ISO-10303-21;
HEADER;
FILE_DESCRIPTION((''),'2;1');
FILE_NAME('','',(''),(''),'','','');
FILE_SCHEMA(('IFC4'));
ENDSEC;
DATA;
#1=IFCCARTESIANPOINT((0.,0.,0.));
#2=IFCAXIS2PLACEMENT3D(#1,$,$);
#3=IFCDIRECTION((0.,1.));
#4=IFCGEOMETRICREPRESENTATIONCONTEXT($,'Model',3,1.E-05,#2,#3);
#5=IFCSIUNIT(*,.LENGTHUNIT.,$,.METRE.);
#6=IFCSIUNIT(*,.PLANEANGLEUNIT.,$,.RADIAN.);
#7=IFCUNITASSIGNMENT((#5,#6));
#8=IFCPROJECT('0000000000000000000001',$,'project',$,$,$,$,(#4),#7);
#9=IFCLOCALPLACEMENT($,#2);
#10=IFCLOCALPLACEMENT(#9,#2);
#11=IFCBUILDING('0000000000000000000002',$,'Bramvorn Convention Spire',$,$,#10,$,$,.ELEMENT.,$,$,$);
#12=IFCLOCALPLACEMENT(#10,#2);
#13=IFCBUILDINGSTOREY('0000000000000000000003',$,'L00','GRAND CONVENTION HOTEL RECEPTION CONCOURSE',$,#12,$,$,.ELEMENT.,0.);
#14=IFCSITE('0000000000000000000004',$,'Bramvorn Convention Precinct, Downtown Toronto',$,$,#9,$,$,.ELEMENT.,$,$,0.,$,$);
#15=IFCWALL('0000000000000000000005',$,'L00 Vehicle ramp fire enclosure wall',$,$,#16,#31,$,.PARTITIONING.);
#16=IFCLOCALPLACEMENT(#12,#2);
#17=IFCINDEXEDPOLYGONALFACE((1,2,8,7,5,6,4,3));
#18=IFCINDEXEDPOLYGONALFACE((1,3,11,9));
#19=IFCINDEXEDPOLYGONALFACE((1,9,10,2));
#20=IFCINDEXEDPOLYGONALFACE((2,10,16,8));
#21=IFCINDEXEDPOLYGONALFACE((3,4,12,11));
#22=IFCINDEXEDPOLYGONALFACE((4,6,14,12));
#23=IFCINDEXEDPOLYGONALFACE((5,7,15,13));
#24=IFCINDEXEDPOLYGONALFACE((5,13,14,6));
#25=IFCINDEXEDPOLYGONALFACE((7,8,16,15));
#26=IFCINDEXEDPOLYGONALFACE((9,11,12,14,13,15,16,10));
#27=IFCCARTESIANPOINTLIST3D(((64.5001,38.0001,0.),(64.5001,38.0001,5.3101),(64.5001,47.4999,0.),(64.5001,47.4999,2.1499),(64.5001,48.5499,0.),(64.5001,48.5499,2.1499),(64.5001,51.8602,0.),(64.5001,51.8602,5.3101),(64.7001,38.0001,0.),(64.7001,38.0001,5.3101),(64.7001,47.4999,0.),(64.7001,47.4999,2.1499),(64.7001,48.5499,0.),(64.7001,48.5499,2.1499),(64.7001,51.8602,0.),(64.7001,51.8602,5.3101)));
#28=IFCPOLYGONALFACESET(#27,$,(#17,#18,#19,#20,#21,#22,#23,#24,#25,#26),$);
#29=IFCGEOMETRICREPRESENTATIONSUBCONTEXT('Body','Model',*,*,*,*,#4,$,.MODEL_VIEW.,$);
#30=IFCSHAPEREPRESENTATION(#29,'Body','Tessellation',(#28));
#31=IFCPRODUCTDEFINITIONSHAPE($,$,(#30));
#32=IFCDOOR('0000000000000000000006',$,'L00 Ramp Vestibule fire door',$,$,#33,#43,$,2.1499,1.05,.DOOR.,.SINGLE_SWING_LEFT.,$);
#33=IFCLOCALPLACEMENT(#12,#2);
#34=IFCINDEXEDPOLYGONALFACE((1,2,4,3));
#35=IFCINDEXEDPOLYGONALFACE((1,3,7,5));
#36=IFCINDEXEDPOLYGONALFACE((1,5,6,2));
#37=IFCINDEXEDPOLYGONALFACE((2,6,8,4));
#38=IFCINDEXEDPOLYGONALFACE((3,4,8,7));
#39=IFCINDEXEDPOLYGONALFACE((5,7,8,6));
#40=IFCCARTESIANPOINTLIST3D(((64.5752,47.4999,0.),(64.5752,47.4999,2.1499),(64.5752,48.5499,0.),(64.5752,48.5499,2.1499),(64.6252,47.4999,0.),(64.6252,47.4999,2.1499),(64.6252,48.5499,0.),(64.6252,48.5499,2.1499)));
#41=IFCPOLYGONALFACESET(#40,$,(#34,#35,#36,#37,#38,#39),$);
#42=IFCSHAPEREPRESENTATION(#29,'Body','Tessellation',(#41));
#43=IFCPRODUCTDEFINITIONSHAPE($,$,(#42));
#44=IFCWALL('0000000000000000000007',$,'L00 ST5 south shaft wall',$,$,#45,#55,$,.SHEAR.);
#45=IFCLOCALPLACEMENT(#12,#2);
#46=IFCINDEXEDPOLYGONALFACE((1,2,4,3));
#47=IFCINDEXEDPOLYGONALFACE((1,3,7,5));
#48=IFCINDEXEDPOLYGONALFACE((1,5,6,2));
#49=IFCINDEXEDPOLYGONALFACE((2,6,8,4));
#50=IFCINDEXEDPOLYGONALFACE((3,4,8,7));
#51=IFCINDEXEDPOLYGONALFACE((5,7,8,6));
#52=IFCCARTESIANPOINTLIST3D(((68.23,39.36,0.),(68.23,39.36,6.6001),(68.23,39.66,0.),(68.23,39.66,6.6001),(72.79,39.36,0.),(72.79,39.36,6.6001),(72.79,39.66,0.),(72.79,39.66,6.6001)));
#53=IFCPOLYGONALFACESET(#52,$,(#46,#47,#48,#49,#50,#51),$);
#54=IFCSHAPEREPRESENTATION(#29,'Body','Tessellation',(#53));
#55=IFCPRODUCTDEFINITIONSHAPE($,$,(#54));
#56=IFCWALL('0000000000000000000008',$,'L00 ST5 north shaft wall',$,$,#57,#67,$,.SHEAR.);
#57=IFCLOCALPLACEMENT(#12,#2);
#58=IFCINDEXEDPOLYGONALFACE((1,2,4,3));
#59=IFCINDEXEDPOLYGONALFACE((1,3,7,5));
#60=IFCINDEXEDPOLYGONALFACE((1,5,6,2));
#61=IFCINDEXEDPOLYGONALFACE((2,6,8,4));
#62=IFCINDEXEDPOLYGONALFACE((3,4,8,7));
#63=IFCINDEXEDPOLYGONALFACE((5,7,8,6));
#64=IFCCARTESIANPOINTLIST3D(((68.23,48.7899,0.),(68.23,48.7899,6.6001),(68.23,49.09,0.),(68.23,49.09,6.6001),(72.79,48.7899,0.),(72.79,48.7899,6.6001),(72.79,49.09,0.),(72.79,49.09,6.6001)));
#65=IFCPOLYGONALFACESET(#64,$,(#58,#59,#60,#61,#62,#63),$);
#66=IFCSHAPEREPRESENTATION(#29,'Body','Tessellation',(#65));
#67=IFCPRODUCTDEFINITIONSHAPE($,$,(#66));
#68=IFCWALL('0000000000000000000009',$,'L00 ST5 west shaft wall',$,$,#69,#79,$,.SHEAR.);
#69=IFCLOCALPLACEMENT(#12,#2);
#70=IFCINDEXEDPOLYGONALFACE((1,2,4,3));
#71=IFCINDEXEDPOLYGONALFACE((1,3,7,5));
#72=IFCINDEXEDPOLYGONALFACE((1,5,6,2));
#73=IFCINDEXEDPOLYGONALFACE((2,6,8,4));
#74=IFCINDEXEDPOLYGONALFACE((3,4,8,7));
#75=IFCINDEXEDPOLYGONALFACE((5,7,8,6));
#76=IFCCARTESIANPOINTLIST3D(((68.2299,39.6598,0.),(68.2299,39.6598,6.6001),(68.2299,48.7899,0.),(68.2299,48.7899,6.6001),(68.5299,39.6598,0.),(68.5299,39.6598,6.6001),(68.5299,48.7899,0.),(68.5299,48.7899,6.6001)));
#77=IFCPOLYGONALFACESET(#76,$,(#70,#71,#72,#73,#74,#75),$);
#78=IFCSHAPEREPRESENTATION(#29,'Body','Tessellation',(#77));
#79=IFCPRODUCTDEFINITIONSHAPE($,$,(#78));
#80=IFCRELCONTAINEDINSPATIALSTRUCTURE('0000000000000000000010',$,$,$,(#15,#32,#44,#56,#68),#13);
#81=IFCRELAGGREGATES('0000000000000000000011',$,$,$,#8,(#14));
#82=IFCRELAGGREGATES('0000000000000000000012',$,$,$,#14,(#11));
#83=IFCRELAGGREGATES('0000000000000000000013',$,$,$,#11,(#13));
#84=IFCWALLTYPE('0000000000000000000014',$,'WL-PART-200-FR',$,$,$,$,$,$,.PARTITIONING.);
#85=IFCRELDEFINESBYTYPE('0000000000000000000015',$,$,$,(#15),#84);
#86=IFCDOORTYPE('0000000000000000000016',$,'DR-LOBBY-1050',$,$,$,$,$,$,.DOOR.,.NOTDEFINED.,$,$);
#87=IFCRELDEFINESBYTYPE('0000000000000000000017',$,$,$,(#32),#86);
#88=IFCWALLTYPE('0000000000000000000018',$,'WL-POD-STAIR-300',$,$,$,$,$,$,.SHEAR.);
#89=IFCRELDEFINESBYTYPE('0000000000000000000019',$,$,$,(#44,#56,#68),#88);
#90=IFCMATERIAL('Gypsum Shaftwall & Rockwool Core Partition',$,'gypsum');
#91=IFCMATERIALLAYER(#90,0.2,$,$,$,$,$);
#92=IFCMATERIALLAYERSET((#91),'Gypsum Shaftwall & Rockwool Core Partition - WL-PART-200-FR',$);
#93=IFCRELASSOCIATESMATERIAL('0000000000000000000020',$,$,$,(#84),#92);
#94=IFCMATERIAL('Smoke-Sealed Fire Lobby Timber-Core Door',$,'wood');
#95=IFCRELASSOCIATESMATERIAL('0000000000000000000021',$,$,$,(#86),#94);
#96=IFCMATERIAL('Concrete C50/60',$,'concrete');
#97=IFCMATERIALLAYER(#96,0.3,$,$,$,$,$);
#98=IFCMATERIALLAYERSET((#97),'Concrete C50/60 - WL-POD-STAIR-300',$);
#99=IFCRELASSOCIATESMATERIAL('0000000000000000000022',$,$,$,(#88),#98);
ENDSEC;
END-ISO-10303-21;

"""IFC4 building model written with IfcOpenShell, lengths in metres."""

from ifc_helpers import new_model, si_unit, direction, frame, frame_2d, origin, place, context, subcontext, project, spatial, rectangle, extrude, material, layer, layer_set, type_object, element, fill, save


model = new_model("IFC4")

# Units and contexts
model_context = context("Model", 3, precision=1e-05, world=origin(), true_north=direction((0.0, 1.0)))
body_context = subcontext(model_context, "Body", "Model", "MODEL_VIEW")
ifc_project = project(units=[si_unit("LENGTHUNIT", "METRE"), si_unit("PLANEANGLEUNIT", "RADIAN")], contexts=[model_context])

# Site, building, storey
site_placement = place(None, origin())
site = spatial("IfcSite", under=ifc_project, at=site_placement, Name="Bramvorn Convention Precinct, Downtown Toronto", CompositionType="ELEMENT", RefElevation=0.0)
building_placement = place(site_placement, origin())
building = spatial("IfcBuilding", under=site, at=building_placement, Name="Bramvorn Convention Spire", CompositionType="ELEMENT")
storey_placement = place(building_placement, origin())
storey = spatial("IfcBuildingStorey", under=building, at=storey_placement, Name="L00", Description="GRAND CONVENTION HOTEL RECEPTION CONCOURSE", CompositionType="ELEMENT", Elevation=0.0)

# Wall, opening, door
ifc_material_1 = material(Name="Gypsum Shaftwall & Rockwool Core Partition", Category="gypsum")
ifc_layer_1 = layer(ifc_material_1, 0.2)
ifc_layer_set_1 = layer_set([ifc_layer_1], Name="Gypsum Shaftwall & Rockwool Core Partition - WL-PART-200-FR")
wall_type_1 = type_object("IfcWallType", Name="WL-PART-200-FR", PredefinedType="PARTITIONING", material=ifc_layer_set_1)
wall_1_placement = place(storey_placement, frame((64.6001, 38.0, 0.0), z_axis=(0.0, 0.0, 1.0), x_axis=(0.0, 1.0, 0.0)))
wall_1 = element("IfcWall", 1, at=wall_1_placement, inside=storey, type_object=wall_type_1, Name="L00 Vehicle ramp fire enclosure wall", PredefinedType="PARTITIONING", context=body_context, shape_type="SweptSolid", body=[
    extrude(rectangle(XDim=13.8601, YDim=0.2, at=frame_2d((6.9302, 0.0))), origin(), (0.0, 0.0, 1.0), 5.3101),
])
opening_placement = place(wall_1_placement, frame((9.5, 0.0, 0.0)))
opening = element("IfcOpeningElement", 2, at=opening_placement, cuts=wall_1, PredefinedType="OPENING", context=body_context, shape_type="SweptSolid", body=[
    extrude(rectangle(XDim=1.05, YDim=2.1499, at=frame_2d((0.5249, 1.075))), frame((0.0, 0.1099, 0.0), z_axis=(0.0, -1.0, 0.0), x_axis=(1.0, 0.0, 0.0)), (0.0, 0.0, 1.0), 0.22),
])
ifc_material_2 = material(Name="Smoke-Sealed Fire Lobby Timber-Core Door", Category="wood")
door_type = type_object("IfcDoorType", Name="DR-LOBBY-1050", OperationType="NOTDEFINED", PredefinedType="DOOR", material=ifc_material_2)
door_placement = place(opening_placement, origin())
door = element("IfcDoor", 3, at=door_placement, inside=storey, type_object=door_type, Name="L00 Ramp Vestibule fire door", OperationType="SINGLE_SWING_LEFT", OverallHeight=2.1499, OverallWidth=1.05, PredefinedType="DOOR", context=body_context, shape_type="SweptSolid", body=[
    extrude(rectangle(XDim=1.05, YDim=2.1499, at=frame_2d((0.5249, 1.075))), frame((0.0, 0.0249, 0.0), z_axis=(0.0, -1.0, 0.0), x_axis=(1.0, 0.0, 0.0)), (0.0, 0.0, 1.0), 0.05),
])
fill(opening, door)

# Walls
ifc_material_3 = material(Name="Concrete C50/60", Category="concrete")
ifc_layer_2 = layer(ifc_material_3, 0.3)
ifc_layer_set_2 = layer_set([ifc_layer_2], Name="Concrete C50/60 - WL-POD-STAIR-300")
wall_type_2 = type_object("IfcWallType", Name="WL-POD-STAIR-300", PredefinedType="SHEAR", material=ifc_layer_set_2)
for number, where, z_axis, x_axis, name in (
    (4, (68.23, 39.51, 0.0), (0.0, 0.0, 1.0), (1.0, 0.0, 0.0), "L00 ST5 south shaft wall"),
    (5, (68.23, 48.9399, 0.0), (0.0, 0.0, 1.0), (1.0, 0.0, 0.0), "L00 ST5 north shaft wall"),
):
    element("IfcWall", number, at=place(storey_placement, frame(where, z_axis=z_axis, x_axis=x_axis)), inside=storey, type_object=wall_type_2, Name=name, PredefinedType="SHEAR", context=body_context, shape_type="SweptSolid", body=[
        extrude(rectangle(XDim=4.5601, YDim=0.3, at=frame_2d((2.28, 0.0))), origin(), (0.0, 0.0, 1.0), 6.6001),
    ])
wall_2_placement = place(storey_placement, frame((68.3799, 39.6599, 0.0), z_axis=(0.0, 0.0, 1.0), x_axis=(0.0, 1.0, 0.0)))
element("IfcWall", 6, at=wall_2_placement, inside=storey, type_object=wall_type_2, Name="L00 ST5 west shaft wall", PredefinedType="SHEAR", context=body_context, shape_type="SweptSolid", body=[
    extrude(rectangle(XDim=9.1301, YDim=0.3, at=frame_2d((4.5649, 0.0))), origin(), (0.0, 0.0, 1.0), 6.6001),
])

save(model, "model.ifc")
